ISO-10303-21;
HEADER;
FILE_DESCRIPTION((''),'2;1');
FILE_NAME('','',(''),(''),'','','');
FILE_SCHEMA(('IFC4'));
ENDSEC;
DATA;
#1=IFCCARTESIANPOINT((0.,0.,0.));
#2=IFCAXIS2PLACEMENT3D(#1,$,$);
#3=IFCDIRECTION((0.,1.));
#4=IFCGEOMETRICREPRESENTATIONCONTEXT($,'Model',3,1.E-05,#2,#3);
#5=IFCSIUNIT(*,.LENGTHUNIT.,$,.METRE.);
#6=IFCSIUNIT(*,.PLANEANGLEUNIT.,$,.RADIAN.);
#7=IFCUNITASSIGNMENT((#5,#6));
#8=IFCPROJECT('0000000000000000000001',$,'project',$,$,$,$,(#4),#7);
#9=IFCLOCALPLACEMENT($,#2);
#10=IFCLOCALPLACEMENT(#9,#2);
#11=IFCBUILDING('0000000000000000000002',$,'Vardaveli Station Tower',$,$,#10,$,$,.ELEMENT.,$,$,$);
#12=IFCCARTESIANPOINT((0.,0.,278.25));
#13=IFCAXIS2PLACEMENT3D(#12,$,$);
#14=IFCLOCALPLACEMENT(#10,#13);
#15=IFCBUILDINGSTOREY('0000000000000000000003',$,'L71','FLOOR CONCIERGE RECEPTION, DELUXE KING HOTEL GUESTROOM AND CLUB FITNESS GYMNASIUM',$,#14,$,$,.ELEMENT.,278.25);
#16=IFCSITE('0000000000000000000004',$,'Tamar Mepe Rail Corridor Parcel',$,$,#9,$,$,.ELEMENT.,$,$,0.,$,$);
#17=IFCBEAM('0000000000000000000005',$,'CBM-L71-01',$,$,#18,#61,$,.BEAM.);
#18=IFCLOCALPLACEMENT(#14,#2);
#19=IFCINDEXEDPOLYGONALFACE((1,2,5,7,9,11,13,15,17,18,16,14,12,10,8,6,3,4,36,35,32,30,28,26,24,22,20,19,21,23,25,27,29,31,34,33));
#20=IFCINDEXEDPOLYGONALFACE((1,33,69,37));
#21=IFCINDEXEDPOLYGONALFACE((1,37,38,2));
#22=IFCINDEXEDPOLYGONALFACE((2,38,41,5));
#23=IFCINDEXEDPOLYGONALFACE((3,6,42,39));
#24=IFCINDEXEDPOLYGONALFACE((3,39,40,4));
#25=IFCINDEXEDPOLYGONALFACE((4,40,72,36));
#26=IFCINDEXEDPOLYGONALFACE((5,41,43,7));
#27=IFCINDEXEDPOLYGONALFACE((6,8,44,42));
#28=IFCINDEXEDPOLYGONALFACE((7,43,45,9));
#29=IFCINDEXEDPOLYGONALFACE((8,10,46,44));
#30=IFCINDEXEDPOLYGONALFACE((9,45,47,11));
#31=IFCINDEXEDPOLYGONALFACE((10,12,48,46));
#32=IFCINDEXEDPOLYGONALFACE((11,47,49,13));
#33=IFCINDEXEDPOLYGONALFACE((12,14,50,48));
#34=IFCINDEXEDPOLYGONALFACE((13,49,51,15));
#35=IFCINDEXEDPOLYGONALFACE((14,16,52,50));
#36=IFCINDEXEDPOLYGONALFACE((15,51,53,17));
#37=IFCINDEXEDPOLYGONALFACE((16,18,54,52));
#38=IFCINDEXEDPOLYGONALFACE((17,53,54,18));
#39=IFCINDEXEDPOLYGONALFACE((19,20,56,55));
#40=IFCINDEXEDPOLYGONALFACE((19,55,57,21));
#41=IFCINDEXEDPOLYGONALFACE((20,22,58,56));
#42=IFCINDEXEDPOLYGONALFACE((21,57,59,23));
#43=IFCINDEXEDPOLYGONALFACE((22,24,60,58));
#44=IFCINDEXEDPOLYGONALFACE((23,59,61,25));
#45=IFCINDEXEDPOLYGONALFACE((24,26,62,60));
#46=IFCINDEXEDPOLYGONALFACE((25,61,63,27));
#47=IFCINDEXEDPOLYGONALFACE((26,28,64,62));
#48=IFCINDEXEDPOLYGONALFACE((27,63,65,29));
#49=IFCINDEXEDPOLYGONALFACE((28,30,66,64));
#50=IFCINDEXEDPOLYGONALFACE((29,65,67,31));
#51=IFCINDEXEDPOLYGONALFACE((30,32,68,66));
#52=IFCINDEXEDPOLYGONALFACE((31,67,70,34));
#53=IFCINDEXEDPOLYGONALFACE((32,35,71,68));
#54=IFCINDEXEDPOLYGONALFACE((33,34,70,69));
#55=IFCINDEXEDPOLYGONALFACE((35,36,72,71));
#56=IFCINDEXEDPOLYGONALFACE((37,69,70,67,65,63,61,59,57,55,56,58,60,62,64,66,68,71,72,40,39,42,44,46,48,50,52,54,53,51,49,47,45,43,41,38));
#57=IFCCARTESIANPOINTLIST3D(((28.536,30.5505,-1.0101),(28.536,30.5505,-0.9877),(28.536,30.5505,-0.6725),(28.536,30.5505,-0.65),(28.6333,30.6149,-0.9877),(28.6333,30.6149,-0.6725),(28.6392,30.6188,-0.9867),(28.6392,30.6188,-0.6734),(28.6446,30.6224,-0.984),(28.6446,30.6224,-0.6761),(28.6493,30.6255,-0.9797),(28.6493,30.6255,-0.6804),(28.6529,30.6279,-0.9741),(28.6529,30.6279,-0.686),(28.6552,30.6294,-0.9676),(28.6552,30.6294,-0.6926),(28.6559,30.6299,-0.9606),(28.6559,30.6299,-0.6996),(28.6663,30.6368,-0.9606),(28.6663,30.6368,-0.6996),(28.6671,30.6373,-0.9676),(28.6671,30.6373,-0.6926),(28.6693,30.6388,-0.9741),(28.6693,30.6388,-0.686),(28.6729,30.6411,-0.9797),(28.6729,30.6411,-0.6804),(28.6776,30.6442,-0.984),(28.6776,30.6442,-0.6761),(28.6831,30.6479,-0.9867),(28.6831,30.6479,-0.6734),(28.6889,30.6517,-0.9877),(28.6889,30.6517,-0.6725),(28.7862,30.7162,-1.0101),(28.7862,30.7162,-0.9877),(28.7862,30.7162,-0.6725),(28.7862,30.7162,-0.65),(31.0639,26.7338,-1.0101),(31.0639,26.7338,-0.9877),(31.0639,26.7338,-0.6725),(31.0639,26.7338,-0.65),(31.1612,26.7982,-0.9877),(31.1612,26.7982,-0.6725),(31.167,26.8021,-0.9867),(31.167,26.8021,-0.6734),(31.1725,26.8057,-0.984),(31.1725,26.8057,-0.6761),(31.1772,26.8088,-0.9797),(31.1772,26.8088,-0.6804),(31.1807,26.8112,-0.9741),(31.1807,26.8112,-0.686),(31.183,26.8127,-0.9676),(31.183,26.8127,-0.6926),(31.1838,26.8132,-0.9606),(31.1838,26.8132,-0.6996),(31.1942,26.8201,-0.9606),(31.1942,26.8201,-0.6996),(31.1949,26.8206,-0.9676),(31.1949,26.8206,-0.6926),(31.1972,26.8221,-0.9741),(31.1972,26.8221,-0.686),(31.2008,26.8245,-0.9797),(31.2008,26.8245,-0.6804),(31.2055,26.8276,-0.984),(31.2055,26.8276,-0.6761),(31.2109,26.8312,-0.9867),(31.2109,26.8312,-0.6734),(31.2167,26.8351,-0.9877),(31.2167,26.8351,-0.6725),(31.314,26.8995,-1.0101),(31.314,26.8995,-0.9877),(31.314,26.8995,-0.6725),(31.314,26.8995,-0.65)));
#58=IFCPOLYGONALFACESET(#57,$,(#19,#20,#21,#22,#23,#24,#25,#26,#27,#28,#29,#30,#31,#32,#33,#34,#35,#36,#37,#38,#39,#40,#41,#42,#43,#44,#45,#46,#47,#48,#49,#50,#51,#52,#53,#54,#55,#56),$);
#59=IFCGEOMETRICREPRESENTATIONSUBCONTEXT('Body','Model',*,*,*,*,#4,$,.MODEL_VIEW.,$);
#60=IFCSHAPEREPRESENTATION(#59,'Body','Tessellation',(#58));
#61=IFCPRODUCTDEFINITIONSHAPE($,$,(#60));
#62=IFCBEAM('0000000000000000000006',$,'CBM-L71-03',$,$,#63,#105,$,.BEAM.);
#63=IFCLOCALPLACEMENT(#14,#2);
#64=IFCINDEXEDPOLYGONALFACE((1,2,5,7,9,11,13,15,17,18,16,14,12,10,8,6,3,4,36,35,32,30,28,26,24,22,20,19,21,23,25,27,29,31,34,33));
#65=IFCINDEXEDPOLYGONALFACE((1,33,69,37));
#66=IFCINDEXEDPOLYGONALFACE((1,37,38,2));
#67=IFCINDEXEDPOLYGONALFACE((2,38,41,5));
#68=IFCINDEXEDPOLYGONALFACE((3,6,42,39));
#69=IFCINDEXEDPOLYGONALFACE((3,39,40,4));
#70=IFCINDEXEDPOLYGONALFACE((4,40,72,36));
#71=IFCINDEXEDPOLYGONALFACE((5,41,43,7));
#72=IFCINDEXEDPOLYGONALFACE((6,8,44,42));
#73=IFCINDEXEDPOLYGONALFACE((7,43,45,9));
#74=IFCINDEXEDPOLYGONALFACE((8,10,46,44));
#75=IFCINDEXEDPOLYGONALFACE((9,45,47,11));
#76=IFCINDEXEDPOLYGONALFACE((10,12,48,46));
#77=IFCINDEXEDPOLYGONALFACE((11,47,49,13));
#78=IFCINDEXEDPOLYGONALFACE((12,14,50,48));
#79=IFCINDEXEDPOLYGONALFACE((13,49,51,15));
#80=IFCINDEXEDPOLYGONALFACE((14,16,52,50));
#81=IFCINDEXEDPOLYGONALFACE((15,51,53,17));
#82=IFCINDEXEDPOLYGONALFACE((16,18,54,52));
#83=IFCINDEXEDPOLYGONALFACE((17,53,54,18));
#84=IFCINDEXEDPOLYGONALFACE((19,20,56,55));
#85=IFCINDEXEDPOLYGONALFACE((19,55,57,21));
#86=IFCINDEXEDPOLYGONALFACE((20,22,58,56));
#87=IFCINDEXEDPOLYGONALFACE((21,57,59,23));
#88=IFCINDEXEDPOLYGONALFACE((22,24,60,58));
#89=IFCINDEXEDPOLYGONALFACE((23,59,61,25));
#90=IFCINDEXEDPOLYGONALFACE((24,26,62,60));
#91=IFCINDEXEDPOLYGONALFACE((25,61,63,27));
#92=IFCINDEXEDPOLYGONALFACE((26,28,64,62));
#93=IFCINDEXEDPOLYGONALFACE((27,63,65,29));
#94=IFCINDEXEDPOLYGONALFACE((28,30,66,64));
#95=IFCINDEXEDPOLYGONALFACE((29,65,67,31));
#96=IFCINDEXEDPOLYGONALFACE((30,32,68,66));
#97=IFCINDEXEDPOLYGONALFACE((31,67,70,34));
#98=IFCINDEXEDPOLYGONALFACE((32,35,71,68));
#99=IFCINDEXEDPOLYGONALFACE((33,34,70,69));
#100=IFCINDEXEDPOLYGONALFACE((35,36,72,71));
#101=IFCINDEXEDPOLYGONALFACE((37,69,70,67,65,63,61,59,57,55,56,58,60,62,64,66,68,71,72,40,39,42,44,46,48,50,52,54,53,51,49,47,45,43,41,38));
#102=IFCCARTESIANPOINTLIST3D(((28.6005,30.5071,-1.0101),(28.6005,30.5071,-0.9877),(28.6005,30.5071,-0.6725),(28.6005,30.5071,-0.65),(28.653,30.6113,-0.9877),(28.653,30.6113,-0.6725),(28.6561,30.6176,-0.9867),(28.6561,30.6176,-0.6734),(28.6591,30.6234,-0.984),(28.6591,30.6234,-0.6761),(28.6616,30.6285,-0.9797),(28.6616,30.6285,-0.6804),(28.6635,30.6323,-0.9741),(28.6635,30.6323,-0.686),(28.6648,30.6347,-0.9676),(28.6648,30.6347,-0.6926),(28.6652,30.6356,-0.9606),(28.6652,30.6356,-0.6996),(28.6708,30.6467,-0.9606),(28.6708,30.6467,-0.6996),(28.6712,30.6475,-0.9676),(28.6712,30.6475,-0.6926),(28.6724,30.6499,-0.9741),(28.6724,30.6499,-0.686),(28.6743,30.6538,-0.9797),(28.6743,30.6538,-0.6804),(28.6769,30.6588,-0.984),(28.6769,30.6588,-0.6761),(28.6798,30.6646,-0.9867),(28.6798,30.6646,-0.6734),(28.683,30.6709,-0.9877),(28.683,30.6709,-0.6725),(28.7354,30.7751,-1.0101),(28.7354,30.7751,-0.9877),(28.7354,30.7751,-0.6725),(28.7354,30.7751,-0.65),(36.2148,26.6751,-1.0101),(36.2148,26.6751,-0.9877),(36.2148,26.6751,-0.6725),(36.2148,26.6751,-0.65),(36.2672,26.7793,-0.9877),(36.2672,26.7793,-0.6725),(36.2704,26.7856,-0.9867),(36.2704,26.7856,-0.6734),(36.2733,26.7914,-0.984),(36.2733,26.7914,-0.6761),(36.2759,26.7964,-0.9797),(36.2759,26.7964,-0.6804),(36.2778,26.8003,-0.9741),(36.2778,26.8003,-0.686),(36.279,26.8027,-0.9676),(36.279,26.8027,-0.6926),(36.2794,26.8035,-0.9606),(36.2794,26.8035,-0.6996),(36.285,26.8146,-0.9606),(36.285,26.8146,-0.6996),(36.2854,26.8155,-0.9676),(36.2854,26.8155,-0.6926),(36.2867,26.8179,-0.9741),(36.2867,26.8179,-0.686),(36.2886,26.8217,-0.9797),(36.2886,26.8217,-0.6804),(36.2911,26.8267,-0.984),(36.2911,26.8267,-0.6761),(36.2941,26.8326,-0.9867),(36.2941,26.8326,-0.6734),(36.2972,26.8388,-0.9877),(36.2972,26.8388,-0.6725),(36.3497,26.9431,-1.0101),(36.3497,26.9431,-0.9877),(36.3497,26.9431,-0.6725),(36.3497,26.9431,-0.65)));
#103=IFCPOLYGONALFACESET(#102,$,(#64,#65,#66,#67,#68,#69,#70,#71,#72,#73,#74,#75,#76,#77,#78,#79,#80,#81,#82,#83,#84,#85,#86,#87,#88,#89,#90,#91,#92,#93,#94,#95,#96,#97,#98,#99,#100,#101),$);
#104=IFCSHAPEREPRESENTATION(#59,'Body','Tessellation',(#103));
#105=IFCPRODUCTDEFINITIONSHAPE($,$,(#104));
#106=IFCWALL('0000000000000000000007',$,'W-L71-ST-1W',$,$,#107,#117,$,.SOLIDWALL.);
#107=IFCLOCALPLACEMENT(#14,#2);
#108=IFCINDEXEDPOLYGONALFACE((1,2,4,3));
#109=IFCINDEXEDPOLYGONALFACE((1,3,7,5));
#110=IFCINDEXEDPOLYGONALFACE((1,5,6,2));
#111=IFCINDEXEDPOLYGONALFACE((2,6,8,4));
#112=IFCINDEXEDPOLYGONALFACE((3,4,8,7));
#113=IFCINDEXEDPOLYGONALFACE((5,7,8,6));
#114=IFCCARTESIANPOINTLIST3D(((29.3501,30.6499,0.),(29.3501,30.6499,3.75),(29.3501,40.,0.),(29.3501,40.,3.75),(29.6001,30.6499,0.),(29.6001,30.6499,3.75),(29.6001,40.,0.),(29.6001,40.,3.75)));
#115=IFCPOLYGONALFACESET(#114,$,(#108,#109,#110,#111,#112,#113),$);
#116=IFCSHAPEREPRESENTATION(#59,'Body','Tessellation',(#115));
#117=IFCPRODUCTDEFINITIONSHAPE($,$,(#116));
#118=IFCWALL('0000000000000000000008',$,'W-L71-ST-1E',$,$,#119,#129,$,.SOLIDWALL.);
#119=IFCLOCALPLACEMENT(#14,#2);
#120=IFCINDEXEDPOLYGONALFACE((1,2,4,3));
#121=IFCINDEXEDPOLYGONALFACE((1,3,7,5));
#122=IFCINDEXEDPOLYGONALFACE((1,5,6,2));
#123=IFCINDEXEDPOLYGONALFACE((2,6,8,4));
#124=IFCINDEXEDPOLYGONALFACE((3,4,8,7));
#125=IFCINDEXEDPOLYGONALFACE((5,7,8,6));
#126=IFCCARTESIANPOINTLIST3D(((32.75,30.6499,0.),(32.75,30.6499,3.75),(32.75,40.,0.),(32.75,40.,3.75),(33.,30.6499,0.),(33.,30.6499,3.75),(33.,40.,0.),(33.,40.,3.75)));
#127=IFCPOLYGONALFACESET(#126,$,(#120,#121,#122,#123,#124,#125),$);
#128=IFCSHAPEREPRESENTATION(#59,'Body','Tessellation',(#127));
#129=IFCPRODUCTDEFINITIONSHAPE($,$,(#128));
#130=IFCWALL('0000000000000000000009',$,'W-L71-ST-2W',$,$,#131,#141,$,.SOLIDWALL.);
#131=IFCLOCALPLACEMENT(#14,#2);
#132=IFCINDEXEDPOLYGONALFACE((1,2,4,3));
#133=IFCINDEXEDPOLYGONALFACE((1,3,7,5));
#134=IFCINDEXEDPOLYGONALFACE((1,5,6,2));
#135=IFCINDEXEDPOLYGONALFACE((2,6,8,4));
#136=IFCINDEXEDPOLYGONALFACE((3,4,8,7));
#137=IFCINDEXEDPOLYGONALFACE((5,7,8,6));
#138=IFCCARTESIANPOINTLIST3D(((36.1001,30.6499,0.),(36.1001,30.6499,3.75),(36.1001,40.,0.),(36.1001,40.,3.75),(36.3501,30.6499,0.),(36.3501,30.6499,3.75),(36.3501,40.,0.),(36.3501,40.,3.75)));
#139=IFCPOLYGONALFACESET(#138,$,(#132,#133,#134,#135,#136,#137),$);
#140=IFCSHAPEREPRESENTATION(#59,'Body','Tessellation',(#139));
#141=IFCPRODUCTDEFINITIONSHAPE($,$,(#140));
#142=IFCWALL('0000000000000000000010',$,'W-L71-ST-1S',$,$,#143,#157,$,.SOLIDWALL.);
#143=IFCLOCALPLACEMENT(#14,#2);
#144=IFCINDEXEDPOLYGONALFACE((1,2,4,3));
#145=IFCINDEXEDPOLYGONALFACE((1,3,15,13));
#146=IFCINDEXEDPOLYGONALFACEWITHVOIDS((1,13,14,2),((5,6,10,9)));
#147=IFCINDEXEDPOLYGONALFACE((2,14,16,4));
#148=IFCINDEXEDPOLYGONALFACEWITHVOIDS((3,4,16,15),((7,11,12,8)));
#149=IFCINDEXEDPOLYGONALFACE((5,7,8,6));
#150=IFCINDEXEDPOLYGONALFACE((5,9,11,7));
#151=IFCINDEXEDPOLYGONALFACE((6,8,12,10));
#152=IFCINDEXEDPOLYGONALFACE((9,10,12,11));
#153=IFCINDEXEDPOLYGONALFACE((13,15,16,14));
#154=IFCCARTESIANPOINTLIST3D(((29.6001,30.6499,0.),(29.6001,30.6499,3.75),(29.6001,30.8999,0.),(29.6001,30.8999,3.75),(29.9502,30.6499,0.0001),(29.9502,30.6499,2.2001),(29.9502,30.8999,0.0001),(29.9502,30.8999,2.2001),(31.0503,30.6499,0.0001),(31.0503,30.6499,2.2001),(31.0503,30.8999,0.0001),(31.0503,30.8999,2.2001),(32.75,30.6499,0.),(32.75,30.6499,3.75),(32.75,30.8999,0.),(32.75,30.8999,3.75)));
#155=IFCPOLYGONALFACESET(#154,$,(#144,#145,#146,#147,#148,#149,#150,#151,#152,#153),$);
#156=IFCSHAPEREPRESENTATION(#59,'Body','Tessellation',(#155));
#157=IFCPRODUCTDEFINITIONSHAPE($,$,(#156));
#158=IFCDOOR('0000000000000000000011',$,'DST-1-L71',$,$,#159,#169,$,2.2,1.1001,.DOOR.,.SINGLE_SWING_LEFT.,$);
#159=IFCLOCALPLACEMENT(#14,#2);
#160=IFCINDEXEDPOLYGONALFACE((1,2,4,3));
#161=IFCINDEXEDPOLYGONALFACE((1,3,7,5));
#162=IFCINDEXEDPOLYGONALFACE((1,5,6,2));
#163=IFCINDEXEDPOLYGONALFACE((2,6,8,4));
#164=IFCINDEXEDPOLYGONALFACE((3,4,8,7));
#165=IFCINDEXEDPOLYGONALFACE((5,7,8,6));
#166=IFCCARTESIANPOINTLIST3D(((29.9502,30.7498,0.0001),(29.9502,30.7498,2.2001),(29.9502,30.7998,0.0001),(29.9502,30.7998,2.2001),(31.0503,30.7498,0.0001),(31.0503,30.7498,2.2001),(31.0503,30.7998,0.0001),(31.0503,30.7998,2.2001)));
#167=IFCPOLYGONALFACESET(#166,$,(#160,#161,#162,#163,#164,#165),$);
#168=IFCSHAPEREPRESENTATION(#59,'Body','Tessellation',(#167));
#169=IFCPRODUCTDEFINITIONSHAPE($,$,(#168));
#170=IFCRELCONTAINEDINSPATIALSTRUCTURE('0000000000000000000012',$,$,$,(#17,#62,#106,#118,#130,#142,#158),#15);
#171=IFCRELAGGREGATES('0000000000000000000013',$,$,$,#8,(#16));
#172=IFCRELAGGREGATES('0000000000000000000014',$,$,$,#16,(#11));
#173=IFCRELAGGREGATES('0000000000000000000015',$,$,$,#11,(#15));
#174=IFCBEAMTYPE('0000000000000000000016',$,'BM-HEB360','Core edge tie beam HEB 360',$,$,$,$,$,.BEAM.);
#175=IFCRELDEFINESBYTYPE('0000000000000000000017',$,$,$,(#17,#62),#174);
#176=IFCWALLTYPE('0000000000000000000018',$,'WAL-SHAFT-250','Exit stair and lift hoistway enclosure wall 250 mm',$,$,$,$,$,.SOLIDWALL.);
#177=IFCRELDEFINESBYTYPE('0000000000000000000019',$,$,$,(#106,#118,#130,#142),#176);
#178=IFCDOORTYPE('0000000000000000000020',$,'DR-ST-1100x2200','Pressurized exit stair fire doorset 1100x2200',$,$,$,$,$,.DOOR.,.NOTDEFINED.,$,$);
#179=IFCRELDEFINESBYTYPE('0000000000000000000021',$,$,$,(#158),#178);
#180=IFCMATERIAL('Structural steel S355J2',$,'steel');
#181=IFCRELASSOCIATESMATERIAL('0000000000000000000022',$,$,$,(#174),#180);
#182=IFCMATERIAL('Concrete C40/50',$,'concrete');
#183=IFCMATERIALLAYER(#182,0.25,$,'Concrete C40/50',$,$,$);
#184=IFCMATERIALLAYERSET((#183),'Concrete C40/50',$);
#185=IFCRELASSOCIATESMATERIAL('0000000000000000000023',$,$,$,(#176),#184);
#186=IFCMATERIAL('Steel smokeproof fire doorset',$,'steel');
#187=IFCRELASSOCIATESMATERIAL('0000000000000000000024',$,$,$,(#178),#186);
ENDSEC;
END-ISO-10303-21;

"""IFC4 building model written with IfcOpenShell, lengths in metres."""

from ifc_helpers import new_model, si_unit, direction, frame, frame_2d, origin, origin_2d, place, context, subcontext, project, spatial, rectangle, i_section, extrude, source, transform, mapped, material, layer, layer_set, material_profile, profile_set, type_object, element, fill, save


model = new_model("IFC4")

# Units and contexts
model_context = context("Model", 3, precision=1e-05, world=origin(), true_north=direction((0.0, 1.0)))
body_context = subcontext(model_context, "Body", "Model", "MODEL_VIEW")
ifc_project = project(units=[si_unit("LENGTHUNIT", "METRE"), si_unit("PLANEANGLEUNIT", "RADIAN")], contexts=[model_context])

# Site, building, storey
site_placement = place(None, origin())
site = spatial("IfcSite", under=ifc_project, at=site_placement, Name="Tamar Mepe Rail Corridor Parcel", CompositionType="ELEMENT", RefElevation=0.0)
building_placement = place(site_placement, origin())
building = spatial("IfcBuilding", under=site, at=building_placement, Name="Vardaveli Station Tower", CompositionType="ELEMENT")
storey_placement = place(building_placement, frame((0.0, 0.0, 278.25)))
storey = spatial("IfcBuildingStorey", under=building, at=storey_placement, Name="L71", Description="FLOOR CONCIERGE RECEPTION, DELUXE KING HOTEL GUESTROOM AND CLUB FITNESS GYMNASIUM", CompositionType="ELEMENT", Elevation=278.25)

# Beams
ifc_material_1 = material(Name="Structural steel S355J2", Category="steel")
ifc_material_profile_1 = material_profile(ifc_material_1, i_section(OverallWidth=0.3, OverallDepth=0.3601, WebThickness=0.0125, FlangeThickness=0.0225, FilletRadius=0.0271, at=origin_2d()), Name="HEB 360")
ifc_profile_set_1 = profile_set([ifc_material_profile_1], Name="Structural steel S355J2")
beam_type_1 = type_object("IfcBeamType", Name="BM-HEB360", Description="Core edge tie beam HEB 360", PredefinedType="BEAM", material=ifc_profile_set_1)
shared_shape_1 = source(origin(), body_context, "Body", "SweptSolid", [
    extrude(i_section(OverallWidth=0.3, OverallDepth=0.3601, WebThickness=0.0125, FlangeThickness=0.0225, FilletRadius=0.0271, at=origin_2d()), origin(), (0.0, 0.0, 1.0), 4.5779),
])
beam_1_placement = place(storey_placement, frame((31.189, 26.8167, -0.8301), z_axis=(-0.552187, 0.83372, 0.0), x_axis=(-0.83372, -0.552187, 0.0)))
element("IfcBeam", 1, at=beam_1_placement, inside=storey, type_object=beam_type_1, Name="CBM-L71-01", PredefinedType="BEAM", context=body_context, shape_type="MappedRepresentation", body=[
    mapped(shared_shape_1, transform((0.0, 0.0, 0.0), scale=1.0)),
])
shared_shape_2 = source(origin(), body_context, "Body", "SweptSolid", [
    extrude(i_section(OverallWidth=0.3, OverallDepth=0.3601, WebThickness=0.0125, FlangeThickness=0.0225, FilletRadius=0.0271, at=origin_2d()), origin(), (0.0, 0.0, 1.0), 8.5242),
])
beam_2_placement = place(storey_placement, frame((28.668, 30.6411, -0.8301), z_axis=(0.893256, -0.449549, 0.0), x_axis=(0.449549, 0.893256, 0.0)))
element("IfcBeam", 2, at=beam_2_placement, inside=storey, type_object=beam_type_1, Name="CBM-L71-03", PredefinedType="BEAM", context=body_context, shape_type="MappedRepresentation", body=[
    mapped(shared_shape_2, transform((0.0, 0.0, 0.0), scale=1.0)),
])

# Walls
ifc_material_2 = material(Name="Concrete C40/50", Category="concrete")
ifc_layer_1 = layer(ifc_material_2, 0.25, Name="Concrete C40/50")
ifc_layer_set_1 = layer_set([ifc_layer_1], Name="Concrete C40/50")
wall_type_1 = type_object("IfcWallType", Name="WAL-SHAFT-250", Description="Exit stair and lift hoistway enclosure wall 250 mm", PredefinedType="SOLIDWALL", material=ifc_layer_set_1)
shared_shape_3 = source(origin(), body_context, "Body", "SweptSolid", [
    extrude(rectangle(XDim=9.3501, YDim=0.25, at=frame_2d((4.675, 0.0))), origin(), (0.0, 0.0, 1.0), 3.75),
])
for number, where, z_axis, x_axis, name in (
    (3, (29.4751, 30.6499, 0.0), (0.0, 0.0, 1.0), (0.0, 1.0, 0.0), "W-L71-ST-1W"),
    (4, (32.875, 30.6499, 0.0), (0.0, 0.0, 1.0), (0.0, 1.0, 0.0), "W-L71-ST-1E"),
    (5, (36.2251, 30.6499, 0.0), (0.0, 0.0, 1.0), (0.0, 1.0, 0.0), "W-L71-ST-2W"),
):
    element("IfcWall", number, at=place(storey_placement, frame(where, z_axis=z_axis, x_axis=x_axis)), inside=storey, type_object=wall_type_1, Name=name, PredefinedType="SOLIDWALL", context=body_context, shape_type="MappedRepresentation", body=[
        mapped(shared_shape_3, transform((0.0, 0.0, 0.0), scale=1.0)),
    ])

# Wall, opening, door
shared_shape_4 = source(origin(), body_context, "Body", "SweptSolid", [
    extrude(rectangle(XDim=3.1499, YDim=0.25, at=frame_2d((1.575, 0.0))), origin(), (0.0, 0.0, 1.0), 3.75),
])
wall_1_placement = place(storey_placement, frame((29.6001, 30.7749, 0.0), z_axis=(0.0, 0.0, 1.0), x_axis=(1.0, 0.0, 0.0)))
wall_1 = element("IfcWall", 6, at=wall_1_placement, inside=storey, type_object=wall_type_1, Name="W-L71-ST-1S", PredefinedType="SOLIDWALL", context=body_context, shape_type="MappedRepresentation", body=[
    mapped(shared_shape_4, transform((0.0, 0.0, 0.0), scale=1.0)),
])
shared_shape_5 = source(origin(), body_context, "Body", "SweptSolid", [
    extrude(rectangle(XDim=1.1001, YDim=2.2, at=frame_2d((0.55, 1.1001))), frame((0.0, 0.135, 0.0), z_axis=(0.0, -1.0, 0.0), x_axis=(1.0, 0.0, 0.0)), (0.0, 0.0, 1.0), 0.27),
])
opening_1_placement = place(wall_1_placement, frame((0.3501, 0.0, 0.0)))
opening_1 = element("IfcOpeningElement", 7, at=opening_1_placement, cuts=wall_1, PredefinedType="OPENING", context=body_context, shape_type="MappedRepresentation", body=[
    mapped(shared_shape_5, transform((0.0, 0.0, 0.0), scale=1.0)),
])
ifc_material_3 = material(Name="Steel smokeproof fire doorset", Category="steel")
door_type_1 = type_object("IfcDoorType", Name="DR-ST-1100x2200", Description="Pressurized exit stair fire doorset 1100x2200", OperationType="NOTDEFINED", PredefinedType="DOOR", material=ifc_material_3)
shared_shape_6 = source(origin(), body_context, "Body", "SweptSolid", [
    extrude(rectangle(XDim=1.1001, YDim=2.2, at=frame_2d((0.55, 1.1001))), frame((0.0, 0.0249, 0.0), z_axis=(0.0, -1.0, 0.0), x_axis=(1.0, 0.0, 0.0)), (0.0, 0.0, 1.0), 0.05),
])
door_1_placement = place(opening_1_placement, origin())
door_1 = element("IfcDoor", 8, at=door_1_placement, inside=storey, type_object=door_type_1, Name="DST-1-L71", OperationType="SINGLE_SWING_LEFT", OverallHeight=2.2, OverallWidth=1.1001, PredefinedType="DOOR", context=body_context, shape_type="MappedRepresentation", body=[
    mapped(shared_shape_6, transform((0.0, 0.0, 0.0), scale=1.0)),
])
fill(opening_1, door_1)

save(model, "model.ifc")
